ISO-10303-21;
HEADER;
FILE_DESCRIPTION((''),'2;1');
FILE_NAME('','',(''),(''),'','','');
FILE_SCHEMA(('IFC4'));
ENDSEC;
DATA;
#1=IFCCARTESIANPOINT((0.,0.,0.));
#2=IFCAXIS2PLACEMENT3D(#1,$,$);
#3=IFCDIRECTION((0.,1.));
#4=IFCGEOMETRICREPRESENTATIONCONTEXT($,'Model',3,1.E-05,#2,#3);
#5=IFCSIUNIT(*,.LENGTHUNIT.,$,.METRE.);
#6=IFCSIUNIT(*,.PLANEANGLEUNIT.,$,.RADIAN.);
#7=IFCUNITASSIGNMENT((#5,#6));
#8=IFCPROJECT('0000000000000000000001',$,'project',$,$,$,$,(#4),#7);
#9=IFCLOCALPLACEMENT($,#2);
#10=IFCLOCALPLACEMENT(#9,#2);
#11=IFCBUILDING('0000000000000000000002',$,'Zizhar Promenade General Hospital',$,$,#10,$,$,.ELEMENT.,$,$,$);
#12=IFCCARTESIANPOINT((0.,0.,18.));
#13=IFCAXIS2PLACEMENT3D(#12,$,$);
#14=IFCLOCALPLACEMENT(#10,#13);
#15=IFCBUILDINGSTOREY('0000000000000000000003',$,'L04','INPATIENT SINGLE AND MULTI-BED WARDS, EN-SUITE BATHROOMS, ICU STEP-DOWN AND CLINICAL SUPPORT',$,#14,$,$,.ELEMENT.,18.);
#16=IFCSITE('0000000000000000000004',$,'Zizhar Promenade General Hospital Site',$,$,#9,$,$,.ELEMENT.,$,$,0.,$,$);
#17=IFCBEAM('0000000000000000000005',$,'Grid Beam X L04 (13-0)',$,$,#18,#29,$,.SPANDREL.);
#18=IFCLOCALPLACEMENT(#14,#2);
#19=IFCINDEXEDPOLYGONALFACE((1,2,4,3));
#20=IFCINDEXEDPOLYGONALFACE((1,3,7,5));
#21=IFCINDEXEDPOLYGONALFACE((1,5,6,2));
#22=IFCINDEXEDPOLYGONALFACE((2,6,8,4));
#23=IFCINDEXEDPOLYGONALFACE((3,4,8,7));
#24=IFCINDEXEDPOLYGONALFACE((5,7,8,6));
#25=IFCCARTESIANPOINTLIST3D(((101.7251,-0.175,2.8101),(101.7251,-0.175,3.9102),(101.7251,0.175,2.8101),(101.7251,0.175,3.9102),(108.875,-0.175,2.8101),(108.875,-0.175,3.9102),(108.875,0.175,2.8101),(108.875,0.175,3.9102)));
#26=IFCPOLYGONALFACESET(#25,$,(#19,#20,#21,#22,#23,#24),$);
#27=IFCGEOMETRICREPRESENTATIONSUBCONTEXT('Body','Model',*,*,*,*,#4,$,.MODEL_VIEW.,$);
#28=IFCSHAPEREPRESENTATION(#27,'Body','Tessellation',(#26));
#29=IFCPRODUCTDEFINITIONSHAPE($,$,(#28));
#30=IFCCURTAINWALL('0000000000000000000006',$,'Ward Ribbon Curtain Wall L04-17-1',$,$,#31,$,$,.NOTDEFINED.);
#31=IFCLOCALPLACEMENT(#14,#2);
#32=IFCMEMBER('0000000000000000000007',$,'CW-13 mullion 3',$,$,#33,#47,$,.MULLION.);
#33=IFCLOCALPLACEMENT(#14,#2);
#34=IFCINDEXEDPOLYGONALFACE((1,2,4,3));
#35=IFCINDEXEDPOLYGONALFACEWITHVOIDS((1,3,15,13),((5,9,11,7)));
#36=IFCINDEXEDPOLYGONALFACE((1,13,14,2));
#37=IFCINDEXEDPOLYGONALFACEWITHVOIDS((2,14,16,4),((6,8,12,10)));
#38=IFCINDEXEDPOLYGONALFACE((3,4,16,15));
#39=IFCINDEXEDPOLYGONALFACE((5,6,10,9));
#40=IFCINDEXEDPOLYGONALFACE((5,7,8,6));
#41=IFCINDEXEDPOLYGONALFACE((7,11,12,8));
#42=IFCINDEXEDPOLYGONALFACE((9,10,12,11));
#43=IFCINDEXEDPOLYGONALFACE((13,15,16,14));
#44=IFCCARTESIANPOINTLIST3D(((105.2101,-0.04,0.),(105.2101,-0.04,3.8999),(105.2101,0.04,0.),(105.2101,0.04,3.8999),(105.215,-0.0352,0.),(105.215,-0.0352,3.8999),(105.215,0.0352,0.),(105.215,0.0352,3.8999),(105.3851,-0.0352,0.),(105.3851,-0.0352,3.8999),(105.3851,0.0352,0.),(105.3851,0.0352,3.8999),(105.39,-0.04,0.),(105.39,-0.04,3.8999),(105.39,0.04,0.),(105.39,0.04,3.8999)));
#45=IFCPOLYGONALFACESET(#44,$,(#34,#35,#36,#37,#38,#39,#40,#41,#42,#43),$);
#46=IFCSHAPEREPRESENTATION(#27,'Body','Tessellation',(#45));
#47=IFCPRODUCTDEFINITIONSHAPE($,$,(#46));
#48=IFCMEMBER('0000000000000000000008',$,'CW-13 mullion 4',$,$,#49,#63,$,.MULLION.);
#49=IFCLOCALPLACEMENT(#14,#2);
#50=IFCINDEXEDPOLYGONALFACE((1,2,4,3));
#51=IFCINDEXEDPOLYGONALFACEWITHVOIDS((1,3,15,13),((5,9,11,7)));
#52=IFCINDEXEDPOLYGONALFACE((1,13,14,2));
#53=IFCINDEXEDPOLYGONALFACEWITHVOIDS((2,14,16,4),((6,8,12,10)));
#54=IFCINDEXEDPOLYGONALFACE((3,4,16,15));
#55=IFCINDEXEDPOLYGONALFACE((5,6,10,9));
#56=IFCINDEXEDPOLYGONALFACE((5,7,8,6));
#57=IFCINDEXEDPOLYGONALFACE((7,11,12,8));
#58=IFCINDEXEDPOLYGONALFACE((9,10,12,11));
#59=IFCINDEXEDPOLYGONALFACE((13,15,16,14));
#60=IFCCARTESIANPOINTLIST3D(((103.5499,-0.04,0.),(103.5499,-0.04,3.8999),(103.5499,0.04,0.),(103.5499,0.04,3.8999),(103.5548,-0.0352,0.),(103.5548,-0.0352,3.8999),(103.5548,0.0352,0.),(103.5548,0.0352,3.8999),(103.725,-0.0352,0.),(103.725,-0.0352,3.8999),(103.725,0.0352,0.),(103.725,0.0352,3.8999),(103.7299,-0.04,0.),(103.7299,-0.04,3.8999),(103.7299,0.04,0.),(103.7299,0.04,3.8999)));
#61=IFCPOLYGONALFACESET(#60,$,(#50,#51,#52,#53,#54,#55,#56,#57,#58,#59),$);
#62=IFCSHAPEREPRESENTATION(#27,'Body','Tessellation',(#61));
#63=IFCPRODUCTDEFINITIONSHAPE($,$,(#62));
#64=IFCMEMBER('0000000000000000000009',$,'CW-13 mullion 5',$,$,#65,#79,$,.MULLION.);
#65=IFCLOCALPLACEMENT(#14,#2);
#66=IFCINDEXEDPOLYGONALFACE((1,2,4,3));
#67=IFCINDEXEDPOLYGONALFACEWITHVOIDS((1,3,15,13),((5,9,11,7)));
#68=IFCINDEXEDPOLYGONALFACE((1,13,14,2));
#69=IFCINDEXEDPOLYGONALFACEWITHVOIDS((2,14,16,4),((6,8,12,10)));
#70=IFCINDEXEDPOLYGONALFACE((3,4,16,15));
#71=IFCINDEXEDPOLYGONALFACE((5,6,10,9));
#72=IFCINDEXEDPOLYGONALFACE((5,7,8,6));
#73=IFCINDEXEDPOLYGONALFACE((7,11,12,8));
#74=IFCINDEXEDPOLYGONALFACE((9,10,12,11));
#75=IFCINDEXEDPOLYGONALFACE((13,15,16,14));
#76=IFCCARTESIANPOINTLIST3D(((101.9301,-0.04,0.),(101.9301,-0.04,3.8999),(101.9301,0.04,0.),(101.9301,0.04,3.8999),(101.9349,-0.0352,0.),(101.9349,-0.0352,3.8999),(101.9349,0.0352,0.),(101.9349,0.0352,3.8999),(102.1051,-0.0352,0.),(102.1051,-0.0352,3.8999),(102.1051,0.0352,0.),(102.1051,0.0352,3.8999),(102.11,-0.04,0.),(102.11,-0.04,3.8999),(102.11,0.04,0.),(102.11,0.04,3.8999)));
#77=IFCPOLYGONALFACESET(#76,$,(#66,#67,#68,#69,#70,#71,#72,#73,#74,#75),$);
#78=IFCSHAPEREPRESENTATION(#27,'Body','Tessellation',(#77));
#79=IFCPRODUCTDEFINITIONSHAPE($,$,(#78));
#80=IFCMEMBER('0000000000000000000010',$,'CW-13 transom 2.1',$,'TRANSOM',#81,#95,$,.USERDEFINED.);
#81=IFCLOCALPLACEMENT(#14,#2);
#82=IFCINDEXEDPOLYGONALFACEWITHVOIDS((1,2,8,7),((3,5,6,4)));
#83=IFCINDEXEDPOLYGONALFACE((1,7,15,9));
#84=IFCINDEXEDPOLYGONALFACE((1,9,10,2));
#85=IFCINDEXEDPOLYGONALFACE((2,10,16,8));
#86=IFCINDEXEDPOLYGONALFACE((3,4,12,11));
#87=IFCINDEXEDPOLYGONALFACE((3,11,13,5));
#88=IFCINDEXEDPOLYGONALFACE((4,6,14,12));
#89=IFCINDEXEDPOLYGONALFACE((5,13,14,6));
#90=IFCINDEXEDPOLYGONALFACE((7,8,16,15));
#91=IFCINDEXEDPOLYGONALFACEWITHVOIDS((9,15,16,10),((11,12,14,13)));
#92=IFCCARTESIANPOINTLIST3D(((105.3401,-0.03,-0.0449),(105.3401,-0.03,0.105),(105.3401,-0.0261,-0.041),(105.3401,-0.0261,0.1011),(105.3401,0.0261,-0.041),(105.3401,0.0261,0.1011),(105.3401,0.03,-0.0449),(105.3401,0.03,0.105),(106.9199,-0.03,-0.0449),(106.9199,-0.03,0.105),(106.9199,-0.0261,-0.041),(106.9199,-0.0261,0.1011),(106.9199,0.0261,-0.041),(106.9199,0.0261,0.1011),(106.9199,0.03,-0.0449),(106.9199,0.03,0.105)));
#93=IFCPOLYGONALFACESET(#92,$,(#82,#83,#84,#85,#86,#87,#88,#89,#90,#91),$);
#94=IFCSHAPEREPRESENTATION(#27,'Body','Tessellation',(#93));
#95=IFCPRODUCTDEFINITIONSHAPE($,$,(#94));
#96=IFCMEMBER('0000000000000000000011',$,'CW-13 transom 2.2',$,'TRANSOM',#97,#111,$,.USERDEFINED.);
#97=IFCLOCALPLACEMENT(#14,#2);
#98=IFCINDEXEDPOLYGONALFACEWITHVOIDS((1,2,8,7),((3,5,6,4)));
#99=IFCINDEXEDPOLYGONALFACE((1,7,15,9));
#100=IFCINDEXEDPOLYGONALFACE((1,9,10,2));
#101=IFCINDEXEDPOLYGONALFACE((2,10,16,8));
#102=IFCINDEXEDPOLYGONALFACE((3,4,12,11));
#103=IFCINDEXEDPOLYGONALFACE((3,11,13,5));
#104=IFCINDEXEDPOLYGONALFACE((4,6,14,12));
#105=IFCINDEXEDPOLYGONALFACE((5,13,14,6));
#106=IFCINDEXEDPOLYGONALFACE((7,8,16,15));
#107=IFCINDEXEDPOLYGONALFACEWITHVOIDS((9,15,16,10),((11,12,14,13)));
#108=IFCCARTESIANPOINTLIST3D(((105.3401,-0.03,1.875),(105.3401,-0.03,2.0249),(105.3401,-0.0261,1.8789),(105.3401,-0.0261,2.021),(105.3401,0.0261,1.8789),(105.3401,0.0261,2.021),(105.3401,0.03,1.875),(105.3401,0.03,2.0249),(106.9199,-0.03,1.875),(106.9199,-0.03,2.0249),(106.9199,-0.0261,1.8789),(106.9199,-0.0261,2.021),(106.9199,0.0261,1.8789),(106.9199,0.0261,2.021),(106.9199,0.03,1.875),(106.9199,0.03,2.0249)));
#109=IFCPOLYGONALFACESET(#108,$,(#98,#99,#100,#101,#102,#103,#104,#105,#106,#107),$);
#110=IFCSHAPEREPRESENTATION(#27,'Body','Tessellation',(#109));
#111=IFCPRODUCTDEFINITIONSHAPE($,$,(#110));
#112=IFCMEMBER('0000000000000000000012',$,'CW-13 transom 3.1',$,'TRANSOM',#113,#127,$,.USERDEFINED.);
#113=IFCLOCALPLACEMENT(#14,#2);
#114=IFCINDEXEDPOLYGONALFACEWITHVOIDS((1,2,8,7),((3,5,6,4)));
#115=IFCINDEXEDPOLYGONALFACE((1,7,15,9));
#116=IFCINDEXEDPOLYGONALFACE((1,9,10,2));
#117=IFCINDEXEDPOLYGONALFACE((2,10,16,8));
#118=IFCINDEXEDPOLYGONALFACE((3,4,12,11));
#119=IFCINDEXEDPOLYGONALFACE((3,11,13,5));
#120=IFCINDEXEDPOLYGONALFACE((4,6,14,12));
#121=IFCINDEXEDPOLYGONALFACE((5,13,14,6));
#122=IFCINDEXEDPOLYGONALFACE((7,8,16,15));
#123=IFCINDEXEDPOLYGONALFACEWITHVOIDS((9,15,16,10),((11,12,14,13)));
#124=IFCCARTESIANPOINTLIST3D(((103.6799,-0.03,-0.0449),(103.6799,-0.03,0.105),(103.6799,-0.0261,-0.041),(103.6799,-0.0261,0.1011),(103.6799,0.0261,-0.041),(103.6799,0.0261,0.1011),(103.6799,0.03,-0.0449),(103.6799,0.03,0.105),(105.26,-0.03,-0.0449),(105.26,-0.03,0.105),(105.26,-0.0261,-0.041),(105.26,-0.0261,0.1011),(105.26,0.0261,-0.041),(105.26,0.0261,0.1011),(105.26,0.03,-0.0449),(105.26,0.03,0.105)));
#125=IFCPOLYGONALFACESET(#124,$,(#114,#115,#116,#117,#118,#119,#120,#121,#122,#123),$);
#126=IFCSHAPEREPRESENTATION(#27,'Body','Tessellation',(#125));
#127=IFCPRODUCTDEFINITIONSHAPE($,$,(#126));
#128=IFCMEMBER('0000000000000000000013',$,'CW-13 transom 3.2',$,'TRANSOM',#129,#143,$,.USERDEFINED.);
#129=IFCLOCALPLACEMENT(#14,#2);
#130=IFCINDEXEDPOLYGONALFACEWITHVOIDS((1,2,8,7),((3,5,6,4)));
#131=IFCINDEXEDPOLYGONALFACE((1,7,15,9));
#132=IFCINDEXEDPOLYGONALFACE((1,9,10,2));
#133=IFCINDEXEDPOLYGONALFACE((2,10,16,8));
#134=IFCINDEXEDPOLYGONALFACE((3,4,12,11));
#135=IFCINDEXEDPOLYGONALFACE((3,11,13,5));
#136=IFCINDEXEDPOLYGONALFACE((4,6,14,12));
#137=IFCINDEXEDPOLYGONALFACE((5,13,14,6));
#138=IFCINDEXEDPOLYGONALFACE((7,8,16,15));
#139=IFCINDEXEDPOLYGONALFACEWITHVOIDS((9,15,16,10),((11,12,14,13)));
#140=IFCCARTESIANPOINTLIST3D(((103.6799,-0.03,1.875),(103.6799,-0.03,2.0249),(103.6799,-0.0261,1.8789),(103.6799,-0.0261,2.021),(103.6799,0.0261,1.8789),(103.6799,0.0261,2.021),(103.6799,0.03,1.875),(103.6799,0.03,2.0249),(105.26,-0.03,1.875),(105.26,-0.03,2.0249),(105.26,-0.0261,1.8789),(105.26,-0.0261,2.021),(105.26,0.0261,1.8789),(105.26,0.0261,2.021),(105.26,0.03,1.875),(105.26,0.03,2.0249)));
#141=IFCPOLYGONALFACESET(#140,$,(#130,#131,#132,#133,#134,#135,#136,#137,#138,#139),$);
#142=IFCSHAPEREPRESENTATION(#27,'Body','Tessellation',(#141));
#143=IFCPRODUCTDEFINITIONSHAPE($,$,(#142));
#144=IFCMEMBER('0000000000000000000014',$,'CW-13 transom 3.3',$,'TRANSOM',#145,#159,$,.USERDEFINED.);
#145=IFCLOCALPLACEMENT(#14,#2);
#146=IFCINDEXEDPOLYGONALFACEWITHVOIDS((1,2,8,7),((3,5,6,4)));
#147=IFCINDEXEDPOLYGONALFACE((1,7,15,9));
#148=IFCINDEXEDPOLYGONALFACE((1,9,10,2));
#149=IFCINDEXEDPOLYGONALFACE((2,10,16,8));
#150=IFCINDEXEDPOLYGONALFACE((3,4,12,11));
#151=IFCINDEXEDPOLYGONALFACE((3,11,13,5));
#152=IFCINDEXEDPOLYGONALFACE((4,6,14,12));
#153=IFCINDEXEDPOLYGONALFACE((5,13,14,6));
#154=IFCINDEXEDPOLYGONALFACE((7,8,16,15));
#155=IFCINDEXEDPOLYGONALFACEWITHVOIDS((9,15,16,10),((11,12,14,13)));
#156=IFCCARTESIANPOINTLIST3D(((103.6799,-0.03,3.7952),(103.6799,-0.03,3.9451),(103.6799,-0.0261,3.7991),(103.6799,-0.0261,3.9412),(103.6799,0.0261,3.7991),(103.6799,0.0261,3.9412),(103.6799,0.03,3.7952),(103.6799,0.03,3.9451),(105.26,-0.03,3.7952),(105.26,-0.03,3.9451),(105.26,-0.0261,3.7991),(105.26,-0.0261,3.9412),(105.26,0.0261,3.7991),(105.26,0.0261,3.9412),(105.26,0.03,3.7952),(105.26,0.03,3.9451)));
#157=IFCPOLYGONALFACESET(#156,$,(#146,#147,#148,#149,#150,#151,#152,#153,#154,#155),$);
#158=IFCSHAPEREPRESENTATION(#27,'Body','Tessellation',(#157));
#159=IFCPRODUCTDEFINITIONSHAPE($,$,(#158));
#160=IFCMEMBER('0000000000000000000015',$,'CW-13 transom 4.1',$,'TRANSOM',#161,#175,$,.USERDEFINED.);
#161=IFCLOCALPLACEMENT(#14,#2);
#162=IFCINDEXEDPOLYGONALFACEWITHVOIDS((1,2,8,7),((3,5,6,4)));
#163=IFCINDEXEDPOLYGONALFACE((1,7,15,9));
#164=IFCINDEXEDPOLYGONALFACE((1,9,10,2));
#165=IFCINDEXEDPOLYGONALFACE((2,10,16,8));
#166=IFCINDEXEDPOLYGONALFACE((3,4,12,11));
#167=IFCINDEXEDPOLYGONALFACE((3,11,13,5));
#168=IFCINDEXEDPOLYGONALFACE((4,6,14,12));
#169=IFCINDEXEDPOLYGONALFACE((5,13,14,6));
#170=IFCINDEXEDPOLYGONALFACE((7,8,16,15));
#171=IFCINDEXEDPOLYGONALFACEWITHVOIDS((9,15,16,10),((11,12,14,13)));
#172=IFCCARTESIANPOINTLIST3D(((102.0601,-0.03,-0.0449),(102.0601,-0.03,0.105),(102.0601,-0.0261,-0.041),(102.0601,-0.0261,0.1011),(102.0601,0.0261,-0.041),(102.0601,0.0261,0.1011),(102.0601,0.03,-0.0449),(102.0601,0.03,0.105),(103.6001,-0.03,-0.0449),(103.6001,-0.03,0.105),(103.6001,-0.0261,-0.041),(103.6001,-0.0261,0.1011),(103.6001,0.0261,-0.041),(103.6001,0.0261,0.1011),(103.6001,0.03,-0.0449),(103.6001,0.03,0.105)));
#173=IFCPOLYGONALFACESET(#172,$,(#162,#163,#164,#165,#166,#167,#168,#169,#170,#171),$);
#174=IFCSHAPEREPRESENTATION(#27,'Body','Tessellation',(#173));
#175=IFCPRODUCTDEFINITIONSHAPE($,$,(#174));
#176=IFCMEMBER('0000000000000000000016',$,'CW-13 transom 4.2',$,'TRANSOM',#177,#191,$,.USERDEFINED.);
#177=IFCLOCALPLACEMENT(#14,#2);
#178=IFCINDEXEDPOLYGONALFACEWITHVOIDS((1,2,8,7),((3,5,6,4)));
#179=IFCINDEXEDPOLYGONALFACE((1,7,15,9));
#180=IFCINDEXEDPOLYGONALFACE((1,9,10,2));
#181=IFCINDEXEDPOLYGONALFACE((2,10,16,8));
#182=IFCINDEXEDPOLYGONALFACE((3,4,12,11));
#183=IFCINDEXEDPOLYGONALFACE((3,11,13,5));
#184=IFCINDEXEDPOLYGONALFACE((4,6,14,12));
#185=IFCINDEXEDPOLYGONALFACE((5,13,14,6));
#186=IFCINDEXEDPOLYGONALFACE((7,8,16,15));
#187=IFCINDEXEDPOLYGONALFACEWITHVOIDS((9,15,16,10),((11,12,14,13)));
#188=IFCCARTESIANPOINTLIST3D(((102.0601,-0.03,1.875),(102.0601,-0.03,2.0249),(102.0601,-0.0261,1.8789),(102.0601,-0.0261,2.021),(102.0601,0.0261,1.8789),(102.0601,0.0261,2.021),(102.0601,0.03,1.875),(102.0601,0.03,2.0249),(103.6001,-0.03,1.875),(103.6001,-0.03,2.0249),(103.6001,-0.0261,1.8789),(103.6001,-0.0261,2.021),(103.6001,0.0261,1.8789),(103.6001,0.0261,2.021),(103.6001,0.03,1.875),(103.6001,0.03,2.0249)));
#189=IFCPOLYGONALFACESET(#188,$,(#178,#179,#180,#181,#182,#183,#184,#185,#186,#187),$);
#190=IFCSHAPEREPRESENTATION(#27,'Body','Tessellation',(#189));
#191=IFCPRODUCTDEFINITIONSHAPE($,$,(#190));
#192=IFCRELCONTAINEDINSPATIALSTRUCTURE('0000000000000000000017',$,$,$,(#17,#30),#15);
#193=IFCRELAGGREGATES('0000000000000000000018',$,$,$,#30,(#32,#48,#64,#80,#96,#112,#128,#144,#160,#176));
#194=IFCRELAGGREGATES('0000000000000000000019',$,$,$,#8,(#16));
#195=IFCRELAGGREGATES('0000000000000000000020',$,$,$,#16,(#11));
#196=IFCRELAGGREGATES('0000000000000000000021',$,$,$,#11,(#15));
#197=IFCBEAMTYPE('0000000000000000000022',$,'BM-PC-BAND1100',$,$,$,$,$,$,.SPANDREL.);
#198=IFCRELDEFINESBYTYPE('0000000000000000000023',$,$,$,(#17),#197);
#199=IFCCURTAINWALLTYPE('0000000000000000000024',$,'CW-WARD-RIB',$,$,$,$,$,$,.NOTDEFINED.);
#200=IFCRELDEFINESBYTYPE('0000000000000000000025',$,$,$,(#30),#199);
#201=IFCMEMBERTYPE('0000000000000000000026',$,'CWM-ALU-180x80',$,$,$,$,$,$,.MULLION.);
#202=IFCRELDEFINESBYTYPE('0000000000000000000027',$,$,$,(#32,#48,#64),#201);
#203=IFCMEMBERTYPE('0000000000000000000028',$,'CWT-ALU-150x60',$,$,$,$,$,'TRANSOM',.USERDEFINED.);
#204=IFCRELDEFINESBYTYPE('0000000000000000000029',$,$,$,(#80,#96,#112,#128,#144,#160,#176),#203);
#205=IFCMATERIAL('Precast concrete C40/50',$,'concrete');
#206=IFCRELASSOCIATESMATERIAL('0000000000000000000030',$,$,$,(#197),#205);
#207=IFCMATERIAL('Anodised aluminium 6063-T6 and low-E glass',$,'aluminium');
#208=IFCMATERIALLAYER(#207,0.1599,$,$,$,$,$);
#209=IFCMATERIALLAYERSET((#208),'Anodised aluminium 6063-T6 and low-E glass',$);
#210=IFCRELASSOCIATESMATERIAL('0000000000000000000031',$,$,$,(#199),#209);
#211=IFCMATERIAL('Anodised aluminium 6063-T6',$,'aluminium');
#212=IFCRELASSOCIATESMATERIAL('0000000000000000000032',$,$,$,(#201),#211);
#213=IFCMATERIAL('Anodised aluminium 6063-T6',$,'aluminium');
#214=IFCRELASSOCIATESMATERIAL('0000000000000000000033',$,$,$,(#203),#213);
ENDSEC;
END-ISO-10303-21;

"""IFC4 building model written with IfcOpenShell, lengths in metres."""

from ifc_helpers import new_model, si_unit, direction, frame, origin, origin_2d, place, context, subcontext, project, spatial, rectangle, hollow_rectangle, extrude, material, layer, layer_set, material_profile, profile_set, type_object, element, aggregate, save


model = new_model("IFC4")

# Units and contexts
model_context = context("Model", 3, precision=1e-05, world=origin(), true_north=direction((0.0, 1.0)))
body_context = subcontext(model_context, "Body", "Model", "MODEL_VIEW")
ifc_project = project(units=[si_unit("LENGTHUNIT", "METRE"), si_unit("PLANEANGLEUNIT", "RADIAN")], contexts=[model_context])

# Site, building, storey
site_placement = place(None, origin())
site = spatial("IfcSite", under=ifc_project, at=site_placement, Name="Zizhar Promenade General Hospital Site", CompositionType="ELEMENT", RefElevation=0.0)
building_placement = place(site_placement, origin())
building = spatial("IfcBuilding", under=site, at=building_placement, Name="Zizhar Promenade General Hospital", CompositionType="ELEMENT")
storey_placement = place(building_placement, frame((0.0, 0.0, 18.0)))
storey = spatial("IfcBuildingStorey", under=building, at=storey_placement, Name="L04", Description="INPATIENT SINGLE AND MULTI-BED WARDS, EN-SUITE BATHROOMS, ICU STEP-DOWN AND CLINICAL SUPPORT", CompositionType="ELEMENT", Elevation=18.0)

# Beam
ifc_material_1 = material(Name="Precast concrete C40/50", Category="concrete")
ifc_material_profile_1 = material_profile(ifc_material_1, rectangle(XDim=0.3501, YDim=1.1001, at=origin_2d()))
ifc_profile_set_1 = profile_set([ifc_material_profile_1], Name="Precast concrete C40/50")
beam_type = type_object("IfcBeamType", Name="BM-PC-BAND1100", PredefinedType="SPANDREL", material=ifc_profile_set_1)
beam_placement = place(storey_placement, frame((101.7251, 0.0, 3.3601), z_axis=(1.0, 0.0, 0.0), x_axis=(0.0, 1.0, 0.0)))
element("IfcBeam", 1, at=beam_placement, inside=storey, type_object=beam_type, Name="Grid Beam X L04 (13-0)", PredefinedType="SPANDREL", context=body_context, shape_type="SweptSolid", body=[
    extrude(rectangle(XDim=0.3501, YDim=1.1001, at=origin_2d()), origin(), (0.0, 0.0, 1.0), 7.1499),
])

# Curtain wall, members
ifc_material_2 = material(Name="Anodised aluminium 6063-T6 and low-E glass", Category="aluminium")
ifc_layer_1 = layer(ifc_material_2, 0.1599)
ifc_layer_set_1 = layer_set([ifc_layer_1], Name="Anodised aluminium 6063-T6 and low-E glass")
curtain_wall_type = type_object("IfcCurtainWallType", Name="CW-WARD-RIB", PredefinedType="NOTDEFINED", material=ifc_layer_set_1)
curtain_wall_placement = place(storey_placement, origin())
curtain_wall = element("IfcCurtainWall", 2, at=curtain_wall_placement, inside=storey, type_object=curtain_wall_type, Name="Ward Ribbon Curtain Wall L04-17-1", PredefinedType="NOTDEFINED")
ifc_material_3 = material(Name="Anodised aluminium 6063-T6", Category="aluminium")
ifc_material_profile_2 = material_profile(ifc_material_3, hollow_rectangle(XDim=0.0801, YDim=0.1799, WallThickness=0.0049, at=origin_2d()))
ifc_profile_set_2 = profile_set([ifc_material_profile_2], Name="Anodised aluminium 6063-T6")
member_type_1 = type_object("IfcMemberType", Name="CWM-ALU-180x80", PredefinedType="MULLION", material=ifc_profile_set_2)
member_1_placement = place(storey_placement, frame((105.3, 0.0, 0.0), z_axis=(0.0, 0.0, 1.0), x_axis=(0.0, -1.0, 0.0)))
member_1 = element("IfcMember", 3, at=member_1_placement, type_object=member_type_1, Name="CW-13 mullion 3", PredefinedType="MULLION", context=body_context, shape_type="SweptSolid", body=[
    extrude(hollow_rectangle(XDim=0.0801, YDim=0.1799, WallThickness=0.0049, at=origin_2d()), origin(), (0.0, 0.0, 1.0), 3.8999),
])
member_2_placement = place(storey_placement, frame((103.6399, 0.0, 0.0), z_axis=(0.0, 0.0, 1.0), x_axis=(0.0, -1.0, 0.0)))
member_2 = element("IfcMember", 4, at=member_2_placement, type_object=member_type_1, Name="CW-13 mullion 4", PredefinedType="MULLION", context=body_context, shape_type="SweptSolid", body=[
    extrude(hollow_rectangle(XDim=0.0801, YDim=0.1799, WallThickness=0.0049, at=origin_2d()), origin(), (0.0, 0.0, 1.0), 3.8999),
])
member_3_placement = place(storey_placement, frame((102.02, 0.0, 0.0), z_axis=(0.0, 0.0, 1.0), x_axis=(0.0, -1.0, 0.0)))
member_3 = element("IfcMember", 5, at=member_3_placement, type_object=member_type_1, Name="CW-13 mullion 5", PredefinedType="MULLION", context=body_context, shape_type="SweptSolid", body=[
    extrude(hollow_rectangle(XDim=0.0801, YDim=0.1799, WallThickness=0.0049, at=origin_2d()), origin(), (0.0, 0.0, 1.0), 3.8999),
])
ifc_material_4 = material(Name="Anodised aluminium 6063-T6", Category="aluminium")
ifc_material_profile_3 = material_profile(ifc_material_4, hollow_rectangle(XDim=0.0601, YDim=0.1499, WallThickness=0.0039, at=origin_2d()))
ifc_profile_set_3 = profile_set([ifc_material_profile_3], Name="Anodised aluminium 6063-T6")
member_type_2 = type_object("IfcMemberType", Name="CWT-ALU-150x60", ElementType="TRANSOM", PredefinedType="USERDEFINED", material=ifc_profile_set_3)
member_4_placement = place(storey_placement, frame((106.9199, 0.0, 0.03), z_axis=(-1.0, 0.0, 0.0), x_axis=(0.0, -1.0, 0.0)))
member_4 = element("IfcMember", 6, at=member_4_placement, type_object=member_type_2, Name="CW-13 transom 2.1", ObjectType="TRANSOM", PredefinedType="USERDEFINED", context=body_context, shape_type="SweptSolid", body=[
    extrude(hollow_rectangle(XDim=0.0601, YDim=0.1499, WallThickness=0.0039, at=origin_2d()), origin(), (0.0, 0.0, 1.0), 1.5798),
])
member_5_placement = place(storey_placement, frame((106.9199, 0.0, 1.95), z_axis=(-1.0, 0.0, 0.0), x_axis=(0.0, -1.0, 0.0)))
member_5 = element("IfcMember", 7, at=member_5_placement, type_object=member_type_2, Name="CW-13 transom 2.2", ObjectType="TRANSOM", PredefinedType="USERDEFINED", context=body_context, shape_type="SweptSolid", body=[
    extrude(hollow_rectangle(XDim=0.0601, YDim=0.1499, WallThickness=0.0039, at=origin_2d()), origin(), (0.0, 0.0, 1.0), 1.5798),
])
member_6_placement = place(storey_placement, frame((105.26, 0.0, 0.03), z_axis=(-1.0, 0.0, 0.0), x_axis=(0.0, -1.0, 0.0)))
member_6 = element("IfcMember", 8, at=member_6_placement, type_object=member_type_2, Name="CW-13 transom 3.1", ObjectType="TRANSOM", PredefinedType="USERDEFINED", context=body_context, shape_type="SweptSolid", body=[
    extrude(hollow_rectangle(XDim=0.0601, YDim=0.1499, WallThickness=0.0039, at=origin_2d()), origin(), (0.0, 0.0, 1.0), 1.5801),
])
member_7_placement = place(storey_placement, frame((105.26, 0.0, 1.95), z_axis=(-1.0, 0.0, 0.0), x_axis=(0.0, -1.0, 0.0)))
member_7 = element("IfcMember", 9, at=member_7_placement, type_object=member_type_2, Name="CW-13 transom 3.2", ObjectType="TRANSOM", PredefinedType="USERDEFINED", context=body_context, shape_type="SweptSolid", body=[
    extrude(hollow_rectangle(XDim=0.0601, YDim=0.1499, WallThickness=0.0039, at=origin_2d()), origin(), (0.0, 0.0, 1.0), 1.5801),
])
member_8_placement = place(storey_placement, frame((105.26, 0.0, 3.8701), z_axis=(-1.0, 0.0, 0.0), x_axis=(0.0, -1.0, 0.0)))
member_8 = element("IfcMember", 10, at=member_8_placement, type_object=member_type_2, Name="CW-13 transom 3.3", ObjectType="TRANSOM", PredefinedType="USERDEFINED", context=body_context, shape_type="SweptSolid", body=[
    extrude(hollow_rectangle(XDim=0.0601, YDim=0.1499, WallThickness=0.0039, at=origin_2d()), origin(), (0.0, 0.0, 1.0), 1.5801),
])
member_9_placement = place(storey_placement, frame((103.6001, 0.0, 0.03), z_axis=(-1.0, 0.0, 0.0), x_axis=(0.0, -1.0, 0.0)))
member_9 = element("IfcMember", 11, at=member_9_placement, type_object=member_type_2, Name="CW-13 transom 4.1", ObjectType="TRANSOM", PredefinedType="USERDEFINED", context=body_context, shape_type="SweptSolid", body=[
    extrude(hollow_rectangle(XDim=0.0601, YDim=0.1499, WallThickness=0.0039, at=origin_2d()), origin(), (0.0, 0.0, 1.0), 1.54),
])
member_10_placement = place(storey_placement, frame((103.6001, 0.0, 1.95), z_axis=(-1.0, 0.0, 0.0), x_axis=(0.0, -1.0, 0.0)))
member_10 = element("IfcMember", 12, at=member_10_placement, type_object=member_type_2, Name="CW-13 transom 4.2", ObjectType="TRANSOM", PredefinedType="USERDEFINED", context=body_context, shape_type="SweptSolid", body=[
    extrude(hollow_rectangle(XDim=0.0601, YDim=0.1499, WallThickness=0.0039, at=origin_2d()), origin(), (0.0, 0.0, 1.0), 1.54),
])
aggregate(curtain_wall, [member_1, member_2, member_3, member_4, member_5, member_6, member_7, member_8, member_9, member_10])

save(model, "model.ifc")
